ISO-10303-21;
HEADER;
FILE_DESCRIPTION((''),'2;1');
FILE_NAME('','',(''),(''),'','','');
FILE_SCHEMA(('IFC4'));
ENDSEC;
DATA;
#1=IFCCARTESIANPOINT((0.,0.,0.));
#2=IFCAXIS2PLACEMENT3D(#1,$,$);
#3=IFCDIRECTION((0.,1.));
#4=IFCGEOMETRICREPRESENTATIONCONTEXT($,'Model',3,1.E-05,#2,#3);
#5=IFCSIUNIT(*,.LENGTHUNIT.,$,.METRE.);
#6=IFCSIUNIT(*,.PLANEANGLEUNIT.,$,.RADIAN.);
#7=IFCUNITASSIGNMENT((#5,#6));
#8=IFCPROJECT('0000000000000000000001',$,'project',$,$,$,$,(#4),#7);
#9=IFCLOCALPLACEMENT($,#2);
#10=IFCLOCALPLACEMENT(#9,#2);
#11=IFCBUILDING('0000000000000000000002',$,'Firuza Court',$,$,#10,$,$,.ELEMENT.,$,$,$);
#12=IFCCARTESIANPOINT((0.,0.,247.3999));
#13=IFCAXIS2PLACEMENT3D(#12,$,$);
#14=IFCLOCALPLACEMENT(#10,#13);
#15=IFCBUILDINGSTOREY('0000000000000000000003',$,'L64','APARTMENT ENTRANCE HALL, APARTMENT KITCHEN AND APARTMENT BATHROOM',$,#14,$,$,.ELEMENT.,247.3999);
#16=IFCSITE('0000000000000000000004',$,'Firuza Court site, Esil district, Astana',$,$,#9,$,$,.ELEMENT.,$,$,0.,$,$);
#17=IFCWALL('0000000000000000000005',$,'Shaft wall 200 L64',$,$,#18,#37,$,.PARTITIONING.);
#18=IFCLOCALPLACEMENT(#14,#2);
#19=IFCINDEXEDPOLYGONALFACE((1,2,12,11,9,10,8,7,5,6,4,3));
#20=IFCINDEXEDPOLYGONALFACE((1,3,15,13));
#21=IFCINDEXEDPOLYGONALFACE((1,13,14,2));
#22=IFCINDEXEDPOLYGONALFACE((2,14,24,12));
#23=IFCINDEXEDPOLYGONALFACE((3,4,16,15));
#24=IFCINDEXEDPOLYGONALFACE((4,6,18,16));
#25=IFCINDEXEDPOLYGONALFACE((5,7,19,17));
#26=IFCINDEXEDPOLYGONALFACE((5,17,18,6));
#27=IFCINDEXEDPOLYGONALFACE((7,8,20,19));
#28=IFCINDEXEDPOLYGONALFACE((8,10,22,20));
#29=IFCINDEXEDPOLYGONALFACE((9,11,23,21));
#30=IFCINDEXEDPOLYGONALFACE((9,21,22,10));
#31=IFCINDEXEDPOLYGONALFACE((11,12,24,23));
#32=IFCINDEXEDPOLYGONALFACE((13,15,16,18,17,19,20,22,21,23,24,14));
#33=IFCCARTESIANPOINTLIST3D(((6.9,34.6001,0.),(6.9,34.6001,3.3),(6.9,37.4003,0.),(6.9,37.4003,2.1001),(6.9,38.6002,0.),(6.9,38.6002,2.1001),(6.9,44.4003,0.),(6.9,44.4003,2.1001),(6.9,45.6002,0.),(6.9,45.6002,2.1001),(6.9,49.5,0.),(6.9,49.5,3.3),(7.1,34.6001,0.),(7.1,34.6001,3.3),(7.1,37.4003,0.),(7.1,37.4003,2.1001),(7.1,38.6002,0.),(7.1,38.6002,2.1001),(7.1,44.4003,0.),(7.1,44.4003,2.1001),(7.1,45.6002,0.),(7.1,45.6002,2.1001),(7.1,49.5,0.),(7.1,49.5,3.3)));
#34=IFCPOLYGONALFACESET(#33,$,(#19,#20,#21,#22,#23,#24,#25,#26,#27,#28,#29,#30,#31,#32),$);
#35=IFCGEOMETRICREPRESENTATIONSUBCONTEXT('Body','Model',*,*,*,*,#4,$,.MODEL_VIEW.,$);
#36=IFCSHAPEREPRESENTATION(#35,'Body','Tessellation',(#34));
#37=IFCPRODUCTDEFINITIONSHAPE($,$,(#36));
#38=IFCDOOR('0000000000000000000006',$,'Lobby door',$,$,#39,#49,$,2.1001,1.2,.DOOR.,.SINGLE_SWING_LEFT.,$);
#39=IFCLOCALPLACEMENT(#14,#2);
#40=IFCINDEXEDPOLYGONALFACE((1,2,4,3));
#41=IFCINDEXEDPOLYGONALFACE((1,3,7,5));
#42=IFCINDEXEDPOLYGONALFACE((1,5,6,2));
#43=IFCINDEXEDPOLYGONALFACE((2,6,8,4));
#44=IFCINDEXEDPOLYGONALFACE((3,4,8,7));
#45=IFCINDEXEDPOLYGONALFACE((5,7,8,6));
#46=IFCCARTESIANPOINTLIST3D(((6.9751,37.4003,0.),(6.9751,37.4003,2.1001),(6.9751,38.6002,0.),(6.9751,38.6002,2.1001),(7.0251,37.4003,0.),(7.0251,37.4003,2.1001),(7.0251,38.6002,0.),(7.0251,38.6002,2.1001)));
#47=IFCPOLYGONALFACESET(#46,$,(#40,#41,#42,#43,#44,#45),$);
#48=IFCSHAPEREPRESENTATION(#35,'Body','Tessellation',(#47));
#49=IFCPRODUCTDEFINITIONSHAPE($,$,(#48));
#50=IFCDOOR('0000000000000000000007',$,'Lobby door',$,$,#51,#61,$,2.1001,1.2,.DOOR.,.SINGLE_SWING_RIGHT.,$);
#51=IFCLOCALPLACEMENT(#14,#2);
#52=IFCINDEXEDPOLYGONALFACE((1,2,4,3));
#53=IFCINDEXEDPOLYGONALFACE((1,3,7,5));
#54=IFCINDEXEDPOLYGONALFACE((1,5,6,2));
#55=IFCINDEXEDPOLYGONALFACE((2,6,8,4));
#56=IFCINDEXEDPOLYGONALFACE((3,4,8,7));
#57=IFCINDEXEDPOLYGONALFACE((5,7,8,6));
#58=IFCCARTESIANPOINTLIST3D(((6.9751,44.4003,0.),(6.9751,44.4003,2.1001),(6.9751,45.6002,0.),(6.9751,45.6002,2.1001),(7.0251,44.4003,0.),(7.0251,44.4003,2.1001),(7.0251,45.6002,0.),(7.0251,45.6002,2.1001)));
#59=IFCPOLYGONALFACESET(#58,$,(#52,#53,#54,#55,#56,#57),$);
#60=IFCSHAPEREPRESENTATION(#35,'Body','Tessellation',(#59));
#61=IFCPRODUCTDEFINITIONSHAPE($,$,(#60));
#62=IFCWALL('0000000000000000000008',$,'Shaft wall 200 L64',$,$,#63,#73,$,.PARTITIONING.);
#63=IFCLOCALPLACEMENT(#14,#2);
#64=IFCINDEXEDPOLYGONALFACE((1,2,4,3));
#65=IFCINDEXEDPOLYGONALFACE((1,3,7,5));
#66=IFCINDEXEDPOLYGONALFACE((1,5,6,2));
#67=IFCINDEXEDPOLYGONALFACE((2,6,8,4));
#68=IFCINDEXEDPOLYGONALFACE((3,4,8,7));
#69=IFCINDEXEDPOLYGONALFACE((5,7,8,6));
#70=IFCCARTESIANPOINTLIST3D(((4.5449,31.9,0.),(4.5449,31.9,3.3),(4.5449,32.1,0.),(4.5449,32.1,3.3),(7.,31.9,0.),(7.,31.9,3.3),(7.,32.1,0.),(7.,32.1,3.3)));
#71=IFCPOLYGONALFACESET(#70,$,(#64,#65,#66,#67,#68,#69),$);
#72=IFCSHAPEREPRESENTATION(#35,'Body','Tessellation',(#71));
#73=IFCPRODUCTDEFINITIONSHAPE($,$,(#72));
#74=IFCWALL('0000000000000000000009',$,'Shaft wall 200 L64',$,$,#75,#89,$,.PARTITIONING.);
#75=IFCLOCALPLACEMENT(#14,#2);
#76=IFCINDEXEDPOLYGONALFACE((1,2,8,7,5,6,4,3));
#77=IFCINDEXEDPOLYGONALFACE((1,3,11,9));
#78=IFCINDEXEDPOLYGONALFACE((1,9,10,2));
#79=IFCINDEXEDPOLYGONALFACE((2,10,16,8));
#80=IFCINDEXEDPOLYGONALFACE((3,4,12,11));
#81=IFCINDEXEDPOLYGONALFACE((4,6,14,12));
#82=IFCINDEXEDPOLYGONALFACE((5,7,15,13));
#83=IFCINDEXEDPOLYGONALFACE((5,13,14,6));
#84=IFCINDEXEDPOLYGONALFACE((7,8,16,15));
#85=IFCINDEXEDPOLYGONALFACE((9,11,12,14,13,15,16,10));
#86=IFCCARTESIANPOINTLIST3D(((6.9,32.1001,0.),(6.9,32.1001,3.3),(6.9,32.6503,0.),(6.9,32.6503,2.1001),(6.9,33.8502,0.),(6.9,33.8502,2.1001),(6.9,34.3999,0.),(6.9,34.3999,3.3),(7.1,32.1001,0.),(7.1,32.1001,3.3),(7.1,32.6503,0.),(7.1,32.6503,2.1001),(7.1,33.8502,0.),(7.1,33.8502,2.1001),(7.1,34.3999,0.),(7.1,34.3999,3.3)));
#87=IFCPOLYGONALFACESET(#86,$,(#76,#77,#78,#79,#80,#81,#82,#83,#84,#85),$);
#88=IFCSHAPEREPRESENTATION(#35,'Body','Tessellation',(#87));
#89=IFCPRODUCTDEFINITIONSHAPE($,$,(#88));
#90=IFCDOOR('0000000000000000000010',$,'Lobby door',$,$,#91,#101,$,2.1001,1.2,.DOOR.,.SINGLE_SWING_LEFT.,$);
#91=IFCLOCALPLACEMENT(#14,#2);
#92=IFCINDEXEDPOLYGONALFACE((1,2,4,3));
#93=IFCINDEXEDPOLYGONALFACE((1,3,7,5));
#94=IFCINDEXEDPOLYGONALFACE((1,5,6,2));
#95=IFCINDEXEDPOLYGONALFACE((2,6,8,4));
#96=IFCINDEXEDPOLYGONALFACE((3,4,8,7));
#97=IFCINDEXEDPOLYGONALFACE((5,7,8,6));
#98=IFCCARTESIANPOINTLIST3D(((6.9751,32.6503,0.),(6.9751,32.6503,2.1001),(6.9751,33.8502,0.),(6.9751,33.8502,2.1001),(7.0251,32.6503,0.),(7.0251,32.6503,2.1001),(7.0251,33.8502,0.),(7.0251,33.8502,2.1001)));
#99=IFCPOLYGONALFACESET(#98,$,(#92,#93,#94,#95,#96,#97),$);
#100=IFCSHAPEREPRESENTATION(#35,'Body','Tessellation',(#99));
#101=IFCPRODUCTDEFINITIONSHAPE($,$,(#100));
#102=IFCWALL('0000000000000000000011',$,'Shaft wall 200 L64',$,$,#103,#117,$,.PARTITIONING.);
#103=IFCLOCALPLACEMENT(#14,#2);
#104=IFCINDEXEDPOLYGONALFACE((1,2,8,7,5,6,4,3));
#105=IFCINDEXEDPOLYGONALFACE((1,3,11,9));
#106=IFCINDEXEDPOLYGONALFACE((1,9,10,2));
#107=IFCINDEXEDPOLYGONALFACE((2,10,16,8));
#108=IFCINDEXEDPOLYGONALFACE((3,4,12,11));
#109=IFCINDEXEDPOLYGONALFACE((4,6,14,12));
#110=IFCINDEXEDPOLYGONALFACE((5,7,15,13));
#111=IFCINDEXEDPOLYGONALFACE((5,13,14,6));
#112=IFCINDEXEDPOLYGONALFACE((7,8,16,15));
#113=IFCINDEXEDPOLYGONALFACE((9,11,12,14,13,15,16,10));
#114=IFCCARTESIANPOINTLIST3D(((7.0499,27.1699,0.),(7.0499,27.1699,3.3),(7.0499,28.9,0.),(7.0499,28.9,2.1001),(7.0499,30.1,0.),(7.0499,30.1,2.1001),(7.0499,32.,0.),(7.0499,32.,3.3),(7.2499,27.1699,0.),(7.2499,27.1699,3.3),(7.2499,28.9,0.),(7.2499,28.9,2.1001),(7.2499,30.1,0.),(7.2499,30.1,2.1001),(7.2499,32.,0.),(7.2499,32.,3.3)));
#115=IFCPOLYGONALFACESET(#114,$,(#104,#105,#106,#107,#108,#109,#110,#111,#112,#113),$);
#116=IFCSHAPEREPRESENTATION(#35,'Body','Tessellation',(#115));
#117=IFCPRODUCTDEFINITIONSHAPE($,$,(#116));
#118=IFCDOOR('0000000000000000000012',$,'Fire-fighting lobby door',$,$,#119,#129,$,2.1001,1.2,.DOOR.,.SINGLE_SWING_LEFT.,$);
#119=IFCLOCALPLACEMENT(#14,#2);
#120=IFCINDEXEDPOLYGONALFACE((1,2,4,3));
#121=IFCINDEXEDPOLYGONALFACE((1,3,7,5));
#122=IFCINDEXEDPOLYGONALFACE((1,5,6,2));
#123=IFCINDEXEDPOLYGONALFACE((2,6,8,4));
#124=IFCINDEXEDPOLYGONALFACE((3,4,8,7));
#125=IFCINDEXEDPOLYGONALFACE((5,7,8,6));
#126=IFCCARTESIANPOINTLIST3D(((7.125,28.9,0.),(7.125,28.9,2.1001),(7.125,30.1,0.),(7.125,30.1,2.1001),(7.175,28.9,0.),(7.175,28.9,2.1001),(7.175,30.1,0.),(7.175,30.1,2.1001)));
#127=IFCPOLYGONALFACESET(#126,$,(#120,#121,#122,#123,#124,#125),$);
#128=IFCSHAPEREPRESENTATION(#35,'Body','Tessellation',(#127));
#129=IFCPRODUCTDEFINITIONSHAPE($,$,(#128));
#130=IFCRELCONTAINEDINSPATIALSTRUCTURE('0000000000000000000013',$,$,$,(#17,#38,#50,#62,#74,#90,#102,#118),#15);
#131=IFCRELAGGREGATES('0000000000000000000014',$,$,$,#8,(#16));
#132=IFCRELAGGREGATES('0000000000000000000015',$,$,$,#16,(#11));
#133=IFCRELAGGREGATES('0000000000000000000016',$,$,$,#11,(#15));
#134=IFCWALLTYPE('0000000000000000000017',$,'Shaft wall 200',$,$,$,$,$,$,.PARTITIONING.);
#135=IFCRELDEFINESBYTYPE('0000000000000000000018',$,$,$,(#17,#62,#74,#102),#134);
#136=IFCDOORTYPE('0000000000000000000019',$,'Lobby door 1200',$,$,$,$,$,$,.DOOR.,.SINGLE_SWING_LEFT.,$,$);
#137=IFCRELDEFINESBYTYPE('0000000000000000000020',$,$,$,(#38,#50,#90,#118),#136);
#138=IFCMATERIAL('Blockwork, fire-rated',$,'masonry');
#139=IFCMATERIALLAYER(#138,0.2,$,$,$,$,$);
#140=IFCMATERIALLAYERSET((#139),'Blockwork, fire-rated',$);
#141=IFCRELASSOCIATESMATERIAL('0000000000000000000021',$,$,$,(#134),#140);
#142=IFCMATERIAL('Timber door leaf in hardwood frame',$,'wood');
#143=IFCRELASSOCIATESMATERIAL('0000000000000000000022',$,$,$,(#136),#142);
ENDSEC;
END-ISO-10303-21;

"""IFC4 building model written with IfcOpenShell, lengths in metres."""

from ifc_helpers import new_model, si_unit, direction, frame, frame_2d, origin, place, context, subcontext, project, spatial, rectangle, extrude, material, layer, layer_set, type_object, element, fill, save


model = new_model("IFC4")

# Units and contexts
model_context = context("Model", 3, precision=1e-05, world=origin(), true_north=direction((0.0, 1.0)))
body_context = subcontext(model_context, "Body", "Model", "MODEL_VIEW")
ifc_project = project(units=[si_unit("LENGTHUNIT", "METRE"), si_unit("PLANEANGLEUNIT", "RADIAN")], contexts=[model_context])

# Site, building, storey
site_placement = place(None, origin())
site = spatial("IfcSite", under=ifc_project, at=site_placement, Name="Firuza Court site, Esil district, Astana", CompositionType="ELEMENT", RefElevation=0.0)
building_placement = place(site_placement, origin())
building = spatial("IfcBuilding", under=site, at=building_placement, Name="Firuza Court", CompositionType="ELEMENT")
storey_placement = place(building_placement, frame((0.0, 0.0, 247.3999)))
storey = spatial("IfcBuildingStorey", under=building, at=storey_placement, Name="L64", Description="APARTMENT ENTRANCE HALL, APARTMENT KITCHEN AND APARTMENT BATHROOM", CompositionType="ELEMENT", Elevation=247.3999)

# Shared definitions
ifc_material_1 = material(Name="Blockwork, fire-rated", Category="masonry")
ifc_layer_1 = layer(ifc_material_1, 0.2)
ifc_layer_set_1 = layer_set([ifc_layer_1], Name="Blockwork, fire-rated")
wall_type_1 = type_object("IfcWallType", Name="Shaft wall 200", PredefinedType="PARTITIONING", material=ifc_layer_set_1)

# Wall, openings, doors
wall_1_placement = place(storey_placement, frame((7.0, 34.6001, 0.0), z_axis=(0.0, 0.0, 1.0), x_axis=(0.0, 1.0, 0.0)))
wall_1 = element("IfcWall", 1, at=wall_1_placement, inside=storey, type_object=wall_type_1, Name="Shaft wall 200 L64", PredefinedType="PARTITIONING", context=body_context, shape_type="SweptSolid", body=[
    extrude(rectangle(XDim=14.8999, YDim=0.2, at=frame_2d((7.45, 0.0))), origin(), (0.0, 0.0, 1.0), 3.3),
])
opening_1_placement = place(wall_1_placement, frame((2.8, 0.0, 0.0)))
opening_1 = element("IfcOpeningElement", 2, at=opening_1_placement, cuts=wall_1, PredefinedType="OPENING", context=body_context, shape_type="SweptSolid", body=[
    extrude(rectangle(XDim=1.2, YDim=2.1001, at=frame_2d((0.6001, 1.05))), frame((0.0, 0.1118, 0.0), z_axis=(0.0, -1.0, 0.0), x_axis=(1.0, 0.0, 0.0)), (0.0, 0.0, 1.0), 0.2239),
])
opening_2_placement = place(wall_1_placement, frame((9.8, 0.0, 0.0)))
opening_2 = element("IfcOpeningElement", 3, at=opening_2_placement, cuts=wall_1, PredefinedType="OPENING", context=body_context, shape_type="SweptSolid", body=[
    extrude(rectangle(XDim=1.2, YDim=2.1001, at=frame_2d((0.6001, 1.05))), frame((0.0, 0.1118, 0.0), z_axis=(0.0, -1.0, 0.0), x_axis=(1.0, 0.0, 0.0)), (0.0, 0.0, 1.0), 0.2239),
])
ifc_material_2 = material(Name="Timber door leaf in hardwood frame", Category="wood")
door_type_1 = type_object("IfcDoorType", Name="Lobby door 1200", OperationType="SINGLE_SWING_LEFT", PredefinedType="DOOR", material=ifc_material_2)
door_1_placement = place(opening_1_placement, origin())
door_1 = element("IfcDoor", 4, at=door_1_placement, inside=storey, type_object=door_type_1, Name="Lobby door", OperationType="SINGLE_SWING_LEFT", OverallHeight=2.1001, OverallWidth=1.2, PredefinedType="DOOR", context=body_context, shape_type="SweptSolid", body=[
    extrude(rectangle(XDim=1.2, YDim=2.1001, at=frame_2d((0.6001, 1.05))), frame((0.0, 0.0249, 0.0), z_axis=(0.0, -1.0, 0.0), x_axis=(1.0, 0.0, 0.0)), (0.0, 0.0, 1.0), 0.05),
])
fill(opening_1, door_1)
door_2_placement = place(opening_2_placement, origin())
door_2 = element("IfcDoor", 5, at=door_2_placement, inside=storey, type_object=door_type_1, Name="Lobby door", OperationType="SINGLE_SWING_RIGHT", OverallHeight=2.1001, OverallWidth=1.2, PredefinedType="DOOR", context=body_context, shape_type="SweptSolid", body=[
    extrude(rectangle(XDim=1.2, YDim=2.1001, at=frame_2d((0.6001, 1.05))), frame((0.0, 0.0249, 0.0), z_axis=(0.0, -1.0, 0.0), x_axis=(1.0, 0.0, 0.0)), (0.0, 0.0, 1.0), 0.05),
])
fill(opening_2, door_2)

# Wall
wall_2_placement = place(storey_placement, frame((4.5449, 32.0, 0.0), z_axis=(0.0, 0.0, 1.0), x_axis=(1.0, 0.0, 0.0)))
element("IfcWall", 6, at=wall_2_placement, inside=storey, type_object=wall_type_1, Name="Shaft wall 200 L64", PredefinedType="PARTITIONING", context=body_context, shape_type="SweptSolid", body=[
    extrude(rectangle(XDim=2.4551, YDim=0.2, at=frame_2d((1.2275, 0.0))), origin(), (0.0, 0.0, 1.0), 3.3),
])

# Walls, openings, doors
wall_3_placement = place(storey_placement, frame((7.0, 32.1001, 0.0), z_axis=(0.0, 0.0, 1.0), x_axis=(0.0, 1.0, 0.0)))
wall_3 = element("IfcWall", 7, at=wall_3_placement, inside=storey, type_object=wall_type_1, Name="Shaft wall 200 L64", PredefinedType="PARTITIONING", context=body_context, shape_type="SweptSolid", body=[
    extrude(rectangle(XDim=2.2998, YDim=0.2, at=frame_2d((1.1499, 0.0))), origin(), (0.0, 0.0, 1.0), 3.3),
])
opening_3_placement = place(wall_3_placement, frame((0.55, 0.0, 0.0)))
opening_3 = element("IfcOpeningElement", 8, at=opening_3_placement, cuts=wall_3, PredefinedType="OPENING", context=body_context, shape_type="SweptSolid", body=[
    extrude(rectangle(XDim=1.2, YDim=2.1001, at=frame_2d((0.6001, 1.05))), frame((0.0, 0.1118, 0.0), z_axis=(0.0, -1.0, 0.0), x_axis=(1.0, 0.0, 0.0)), (0.0, 0.0, 1.0), 0.2239),
])
door_3_placement = place(opening_3_placement, origin())
door_3 = element("IfcDoor", 9, at=door_3_placement, inside=storey, type_object=door_type_1, Name="Lobby door", OperationType="SINGLE_SWING_LEFT", OverallHeight=2.1001, OverallWidth=1.2, PredefinedType="DOOR", context=body_context, shape_type="SweptSolid", body=[
    extrude(rectangle(XDim=1.2, YDim=2.1001, at=frame_2d((0.6001, 1.05))), frame((0.0, 0.0249, 0.0), z_axis=(0.0, -1.0, 0.0), x_axis=(1.0, 0.0, 0.0)), (0.0, 0.0, 1.0), 0.05),
])
fill(opening_3, door_3)
wall_4_placement = place(storey_placement, frame((7.1499, 27.1699, 0.0), z_axis=(0.0, 0.0, 1.0), x_axis=(0.0, 1.0, 0.0)))
wall_4 = element("IfcWall", 10, at=wall_4_placement, inside=storey, type_object=wall_type_1, Name="Shaft wall 200 L64", PredefinedType="PARTITIONING", context=body_context, shape_type="SweptSolid", body=[
    extrude(rectangle(XDim=4.8301, YDim=0.2, at=frame_2d((2.415, 0.0))), origin(), (0.0, 0.0, 1.0), 3.3),
])
opening_4_placement = place(wall_4_placement, frame((1.73, 0.0, 0.0)))
opening_4 = element("IfcOpeningElement", 11, at=opening_4_placement, cuts=wall_4, PredefinedType="OPENING", context=body_context, shape_type="SweptSolid", body=[
    extrude(rectangle(XDim=1.2, YDim=2.1001, at=frame_2d((0.6001, 1.05))), frame((0.0, 0.1118, 0.0), z_axis=(0.0, -1.0, 0.0), x_axis=(1.0, 0.0, 0.0)), (0.0, 0.0, 1.0), 0.2239),
])
door_4_placement = place(opening_4_placement, origin())
door_4 = element("IfcDoor", 12, at=door_4_placement, inside=storey, type_object=door_type_1, Name="Fire-fighting lobby door", OperationType="SINGLE_SWING_LEFT", OverallHeight=2.1001, OverallWidth=1.2, PredefinedType="DOOR", context=body_context, shape_type="SweptSolid", body=[
    extrude(rectangle(XDim=1.2, YDim=2.1001, at=frame_2d((0.6001, 1.05))), frame((0.0, 0.0249, 0.0), z_axis=(0.0, -1.0, 0.0), x_axis=(1.0, 0.0, 0.0)), (0.0, 0.0, 1.0), 0.05),
])
fill(opening_4, door_4)

save(model, "model.ifc")
